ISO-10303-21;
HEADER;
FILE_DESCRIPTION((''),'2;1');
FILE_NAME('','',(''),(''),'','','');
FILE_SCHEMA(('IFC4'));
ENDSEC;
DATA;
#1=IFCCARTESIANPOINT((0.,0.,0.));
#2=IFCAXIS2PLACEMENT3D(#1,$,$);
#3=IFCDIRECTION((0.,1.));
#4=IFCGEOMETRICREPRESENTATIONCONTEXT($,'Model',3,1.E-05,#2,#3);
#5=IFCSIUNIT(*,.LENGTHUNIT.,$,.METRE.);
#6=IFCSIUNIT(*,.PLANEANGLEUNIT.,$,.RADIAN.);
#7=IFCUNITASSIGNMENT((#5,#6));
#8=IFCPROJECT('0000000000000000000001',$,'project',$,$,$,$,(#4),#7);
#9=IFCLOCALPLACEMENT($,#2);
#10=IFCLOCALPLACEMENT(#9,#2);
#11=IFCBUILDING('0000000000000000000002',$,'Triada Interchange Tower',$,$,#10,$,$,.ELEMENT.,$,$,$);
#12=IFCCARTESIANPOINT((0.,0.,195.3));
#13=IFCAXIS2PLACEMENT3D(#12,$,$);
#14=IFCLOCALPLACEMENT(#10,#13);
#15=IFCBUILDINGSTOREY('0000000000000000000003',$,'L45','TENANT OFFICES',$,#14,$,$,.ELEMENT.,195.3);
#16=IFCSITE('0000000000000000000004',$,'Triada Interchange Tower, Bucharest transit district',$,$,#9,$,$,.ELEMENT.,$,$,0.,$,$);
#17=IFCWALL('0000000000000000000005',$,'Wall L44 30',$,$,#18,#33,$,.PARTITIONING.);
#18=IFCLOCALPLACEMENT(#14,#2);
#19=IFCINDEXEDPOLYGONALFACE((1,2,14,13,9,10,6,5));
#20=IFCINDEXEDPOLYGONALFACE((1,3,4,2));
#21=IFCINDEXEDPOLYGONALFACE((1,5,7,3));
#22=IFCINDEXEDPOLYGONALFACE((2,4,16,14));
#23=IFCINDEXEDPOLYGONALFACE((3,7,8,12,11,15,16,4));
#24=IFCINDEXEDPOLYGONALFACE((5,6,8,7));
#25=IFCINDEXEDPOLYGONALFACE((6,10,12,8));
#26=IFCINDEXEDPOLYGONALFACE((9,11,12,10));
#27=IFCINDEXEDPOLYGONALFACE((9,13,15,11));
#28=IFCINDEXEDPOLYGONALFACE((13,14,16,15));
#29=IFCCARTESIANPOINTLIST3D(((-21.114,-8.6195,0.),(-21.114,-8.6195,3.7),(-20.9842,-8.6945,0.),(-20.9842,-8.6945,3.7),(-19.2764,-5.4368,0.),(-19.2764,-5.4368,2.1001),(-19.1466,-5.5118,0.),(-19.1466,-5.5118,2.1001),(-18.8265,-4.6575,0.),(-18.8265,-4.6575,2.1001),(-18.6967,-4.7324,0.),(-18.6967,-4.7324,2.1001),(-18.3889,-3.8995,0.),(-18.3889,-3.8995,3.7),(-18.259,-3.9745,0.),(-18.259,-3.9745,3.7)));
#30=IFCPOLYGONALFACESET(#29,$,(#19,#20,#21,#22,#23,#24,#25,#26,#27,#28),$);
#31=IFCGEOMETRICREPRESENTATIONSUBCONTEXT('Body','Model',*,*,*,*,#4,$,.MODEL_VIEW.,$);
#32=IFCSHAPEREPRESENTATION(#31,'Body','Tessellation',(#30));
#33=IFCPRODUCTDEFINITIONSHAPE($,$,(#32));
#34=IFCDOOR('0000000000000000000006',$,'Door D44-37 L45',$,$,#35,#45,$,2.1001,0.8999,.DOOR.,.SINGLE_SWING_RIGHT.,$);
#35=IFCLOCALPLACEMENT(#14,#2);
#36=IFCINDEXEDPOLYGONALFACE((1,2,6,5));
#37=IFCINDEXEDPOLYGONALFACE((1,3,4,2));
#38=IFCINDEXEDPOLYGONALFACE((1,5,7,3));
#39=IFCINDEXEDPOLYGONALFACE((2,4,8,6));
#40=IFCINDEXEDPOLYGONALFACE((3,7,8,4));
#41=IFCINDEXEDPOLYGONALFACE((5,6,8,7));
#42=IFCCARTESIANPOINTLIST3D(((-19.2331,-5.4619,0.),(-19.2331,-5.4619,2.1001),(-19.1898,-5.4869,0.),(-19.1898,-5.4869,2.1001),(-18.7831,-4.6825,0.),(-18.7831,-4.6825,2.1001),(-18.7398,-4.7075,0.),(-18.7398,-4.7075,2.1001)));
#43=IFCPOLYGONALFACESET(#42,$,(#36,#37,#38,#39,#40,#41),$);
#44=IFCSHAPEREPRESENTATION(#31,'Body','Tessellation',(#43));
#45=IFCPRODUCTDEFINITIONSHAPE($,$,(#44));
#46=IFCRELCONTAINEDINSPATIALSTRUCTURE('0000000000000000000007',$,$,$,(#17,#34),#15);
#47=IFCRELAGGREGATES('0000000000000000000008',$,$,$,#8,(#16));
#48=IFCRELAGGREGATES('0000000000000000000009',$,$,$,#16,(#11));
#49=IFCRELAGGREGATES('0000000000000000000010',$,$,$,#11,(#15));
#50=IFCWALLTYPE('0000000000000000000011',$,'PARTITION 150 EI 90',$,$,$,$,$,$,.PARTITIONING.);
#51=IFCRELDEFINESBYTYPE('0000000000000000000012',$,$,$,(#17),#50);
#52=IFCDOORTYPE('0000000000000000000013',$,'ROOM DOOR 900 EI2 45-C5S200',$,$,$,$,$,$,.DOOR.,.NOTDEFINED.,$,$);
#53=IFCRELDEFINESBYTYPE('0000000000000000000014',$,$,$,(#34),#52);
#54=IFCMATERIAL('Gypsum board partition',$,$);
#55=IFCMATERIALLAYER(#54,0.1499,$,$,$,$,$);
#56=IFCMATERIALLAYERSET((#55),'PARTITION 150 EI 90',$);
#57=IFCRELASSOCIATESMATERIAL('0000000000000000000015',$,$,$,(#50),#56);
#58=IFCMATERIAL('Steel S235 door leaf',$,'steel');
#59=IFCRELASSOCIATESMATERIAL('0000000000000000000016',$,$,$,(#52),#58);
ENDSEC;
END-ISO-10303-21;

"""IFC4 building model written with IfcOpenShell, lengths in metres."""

from ifc_helpers import new_model, si_unit, direction, frame, frame_2d, origin, place, context, subcontext, project, spatial, rectangle, extrude, material, layer, layer_set, type_object, element, fill, save


model = new_model("IFC4")

# Units and contexts
model_context = context("Model", 3, precision=1e-05, world=origin(), true_north=direction((0.0, 1.0)))
body_context = subcontext(model_context, "Body", "Model", "MODEL_VIEW")
ifc_project = project(units=[si_unit("LENGTHUNIT", "METRE"), si_unit("PLANEANGLEUNIT", "RADIAN")], contexts=[model_context])

# Site, building, storey
site_placement = place(None, origin())
site = spatial("IfcSite", under=ifc_project, at=site_placement, Name="Triada Interchange Tower, Bucharest transit district", CompositionType="ELEMENT", RefElevation=0.0)
building_placement = place(site_placement, origin())
building = spatial("IfcBuilding", under=site, at=building_placement, Name="Triada Interchange Tower", CompositionType="ELEMENT")
storey_placement = place(building_placement, frame((0.0, 0.0, 195.3)))
storey = spatial("IfcBuildingStorey", under=building, at=storey_placement, Name="L45", Description="TENANT OFFICES", CompositionType="ELEMENT", Elevation=195.3)

# Shared definitions
ifc_material_1 = material(Name="Gypsum board partition")
ifc_material_2 = material(Name="Steel S235 door leaf", Category="steel")

# Wall, opening, door
ifc_layer_1 = layer(ifc_material_1, 0.1499)
ifc_layer_set_1 = layer_set([ifc_layer_1], Name="PARTITION 150 EI 90")
wall_type_1 = type_object("IfcWallType", Name="PARTITION 150 EI 90", PredefinedType="PARTITIONING", material=ifc_layer_set_1)
wall_1_placement = place(storey_placement, frame((-21.0491, -8.657, 0.0), z_axis=(0.0, 0.0, 1.0), x_axis=(0.500003, 0.866024, 0.0)))
wall_1 = element("IfcWall", 1, at=wall_1_placement, inside=storey, type_object=wall_type_1, Name="Wall L44 30", PredefinedType="PARTITIONING", context=body_context, shape_type="SweptSolid", body=[
    extrude(rectangle(XDim=5.4502, YDim=0.1499, at=frame_2d((2.7251, 0.0))), origin(), (0.0, 0.0, 1.0), 3.7),
])
opening_1_placement = place(wall_1_placement, frame((3.675, 0.0, 0.0)))
opening_1 = element("IfcOpeningElement", 2, at=opening_1_placement, cuts=wall_1, PredefinedType="OPENING", context=body_context, shape_type="SweptSolid", body=[
    extrude(rectangle(XDim=0.8999, YDim=2.1001, at=frame_2d((0.45, 1.05))), frame((0.0, 0.085, 0.0), z_axis=(0.0, -1.0, 0.0), x_axis=(1.0, 0.0, 0.0)), (0.0, 0.0, 1.0), 0.1699),
])
door_type_1 = type_object("IfcDoorType", Name="ROOM DOOR 900 EI2 45-C5S200", OperationType="NOTDEFINED", PredefinedType="DOOR", material=ifc_material_2)
door_1_placement = place(opening_1_placement, origin())
door_1 = element("IfcDoor", 3, at=door_1_placement, inside=storey, type_object=door_type_1, Name="Door D44-37 L45", OperationType="SINGLE_SWING_RIGHT", OverallHeight=2.1001, OverallWidth=0.8999, PredefinedType="DOOR", context=body_context, shape_type="SweptSolid", body=[
    extrude(rectangle(XDim=0.8999, YDim=2.1001, at=frame_2d((0.45, 1.05))), frame((0.0, 0.0249, 0.0), z_axis=(0.0, -1.0, 0.0), x_axis=(1.0, 0.0, 0.0)), (0.0, 0.0, 1.0), 0.05),
])
fill(opening_1, door_1)

save(model, "model.ifc")
